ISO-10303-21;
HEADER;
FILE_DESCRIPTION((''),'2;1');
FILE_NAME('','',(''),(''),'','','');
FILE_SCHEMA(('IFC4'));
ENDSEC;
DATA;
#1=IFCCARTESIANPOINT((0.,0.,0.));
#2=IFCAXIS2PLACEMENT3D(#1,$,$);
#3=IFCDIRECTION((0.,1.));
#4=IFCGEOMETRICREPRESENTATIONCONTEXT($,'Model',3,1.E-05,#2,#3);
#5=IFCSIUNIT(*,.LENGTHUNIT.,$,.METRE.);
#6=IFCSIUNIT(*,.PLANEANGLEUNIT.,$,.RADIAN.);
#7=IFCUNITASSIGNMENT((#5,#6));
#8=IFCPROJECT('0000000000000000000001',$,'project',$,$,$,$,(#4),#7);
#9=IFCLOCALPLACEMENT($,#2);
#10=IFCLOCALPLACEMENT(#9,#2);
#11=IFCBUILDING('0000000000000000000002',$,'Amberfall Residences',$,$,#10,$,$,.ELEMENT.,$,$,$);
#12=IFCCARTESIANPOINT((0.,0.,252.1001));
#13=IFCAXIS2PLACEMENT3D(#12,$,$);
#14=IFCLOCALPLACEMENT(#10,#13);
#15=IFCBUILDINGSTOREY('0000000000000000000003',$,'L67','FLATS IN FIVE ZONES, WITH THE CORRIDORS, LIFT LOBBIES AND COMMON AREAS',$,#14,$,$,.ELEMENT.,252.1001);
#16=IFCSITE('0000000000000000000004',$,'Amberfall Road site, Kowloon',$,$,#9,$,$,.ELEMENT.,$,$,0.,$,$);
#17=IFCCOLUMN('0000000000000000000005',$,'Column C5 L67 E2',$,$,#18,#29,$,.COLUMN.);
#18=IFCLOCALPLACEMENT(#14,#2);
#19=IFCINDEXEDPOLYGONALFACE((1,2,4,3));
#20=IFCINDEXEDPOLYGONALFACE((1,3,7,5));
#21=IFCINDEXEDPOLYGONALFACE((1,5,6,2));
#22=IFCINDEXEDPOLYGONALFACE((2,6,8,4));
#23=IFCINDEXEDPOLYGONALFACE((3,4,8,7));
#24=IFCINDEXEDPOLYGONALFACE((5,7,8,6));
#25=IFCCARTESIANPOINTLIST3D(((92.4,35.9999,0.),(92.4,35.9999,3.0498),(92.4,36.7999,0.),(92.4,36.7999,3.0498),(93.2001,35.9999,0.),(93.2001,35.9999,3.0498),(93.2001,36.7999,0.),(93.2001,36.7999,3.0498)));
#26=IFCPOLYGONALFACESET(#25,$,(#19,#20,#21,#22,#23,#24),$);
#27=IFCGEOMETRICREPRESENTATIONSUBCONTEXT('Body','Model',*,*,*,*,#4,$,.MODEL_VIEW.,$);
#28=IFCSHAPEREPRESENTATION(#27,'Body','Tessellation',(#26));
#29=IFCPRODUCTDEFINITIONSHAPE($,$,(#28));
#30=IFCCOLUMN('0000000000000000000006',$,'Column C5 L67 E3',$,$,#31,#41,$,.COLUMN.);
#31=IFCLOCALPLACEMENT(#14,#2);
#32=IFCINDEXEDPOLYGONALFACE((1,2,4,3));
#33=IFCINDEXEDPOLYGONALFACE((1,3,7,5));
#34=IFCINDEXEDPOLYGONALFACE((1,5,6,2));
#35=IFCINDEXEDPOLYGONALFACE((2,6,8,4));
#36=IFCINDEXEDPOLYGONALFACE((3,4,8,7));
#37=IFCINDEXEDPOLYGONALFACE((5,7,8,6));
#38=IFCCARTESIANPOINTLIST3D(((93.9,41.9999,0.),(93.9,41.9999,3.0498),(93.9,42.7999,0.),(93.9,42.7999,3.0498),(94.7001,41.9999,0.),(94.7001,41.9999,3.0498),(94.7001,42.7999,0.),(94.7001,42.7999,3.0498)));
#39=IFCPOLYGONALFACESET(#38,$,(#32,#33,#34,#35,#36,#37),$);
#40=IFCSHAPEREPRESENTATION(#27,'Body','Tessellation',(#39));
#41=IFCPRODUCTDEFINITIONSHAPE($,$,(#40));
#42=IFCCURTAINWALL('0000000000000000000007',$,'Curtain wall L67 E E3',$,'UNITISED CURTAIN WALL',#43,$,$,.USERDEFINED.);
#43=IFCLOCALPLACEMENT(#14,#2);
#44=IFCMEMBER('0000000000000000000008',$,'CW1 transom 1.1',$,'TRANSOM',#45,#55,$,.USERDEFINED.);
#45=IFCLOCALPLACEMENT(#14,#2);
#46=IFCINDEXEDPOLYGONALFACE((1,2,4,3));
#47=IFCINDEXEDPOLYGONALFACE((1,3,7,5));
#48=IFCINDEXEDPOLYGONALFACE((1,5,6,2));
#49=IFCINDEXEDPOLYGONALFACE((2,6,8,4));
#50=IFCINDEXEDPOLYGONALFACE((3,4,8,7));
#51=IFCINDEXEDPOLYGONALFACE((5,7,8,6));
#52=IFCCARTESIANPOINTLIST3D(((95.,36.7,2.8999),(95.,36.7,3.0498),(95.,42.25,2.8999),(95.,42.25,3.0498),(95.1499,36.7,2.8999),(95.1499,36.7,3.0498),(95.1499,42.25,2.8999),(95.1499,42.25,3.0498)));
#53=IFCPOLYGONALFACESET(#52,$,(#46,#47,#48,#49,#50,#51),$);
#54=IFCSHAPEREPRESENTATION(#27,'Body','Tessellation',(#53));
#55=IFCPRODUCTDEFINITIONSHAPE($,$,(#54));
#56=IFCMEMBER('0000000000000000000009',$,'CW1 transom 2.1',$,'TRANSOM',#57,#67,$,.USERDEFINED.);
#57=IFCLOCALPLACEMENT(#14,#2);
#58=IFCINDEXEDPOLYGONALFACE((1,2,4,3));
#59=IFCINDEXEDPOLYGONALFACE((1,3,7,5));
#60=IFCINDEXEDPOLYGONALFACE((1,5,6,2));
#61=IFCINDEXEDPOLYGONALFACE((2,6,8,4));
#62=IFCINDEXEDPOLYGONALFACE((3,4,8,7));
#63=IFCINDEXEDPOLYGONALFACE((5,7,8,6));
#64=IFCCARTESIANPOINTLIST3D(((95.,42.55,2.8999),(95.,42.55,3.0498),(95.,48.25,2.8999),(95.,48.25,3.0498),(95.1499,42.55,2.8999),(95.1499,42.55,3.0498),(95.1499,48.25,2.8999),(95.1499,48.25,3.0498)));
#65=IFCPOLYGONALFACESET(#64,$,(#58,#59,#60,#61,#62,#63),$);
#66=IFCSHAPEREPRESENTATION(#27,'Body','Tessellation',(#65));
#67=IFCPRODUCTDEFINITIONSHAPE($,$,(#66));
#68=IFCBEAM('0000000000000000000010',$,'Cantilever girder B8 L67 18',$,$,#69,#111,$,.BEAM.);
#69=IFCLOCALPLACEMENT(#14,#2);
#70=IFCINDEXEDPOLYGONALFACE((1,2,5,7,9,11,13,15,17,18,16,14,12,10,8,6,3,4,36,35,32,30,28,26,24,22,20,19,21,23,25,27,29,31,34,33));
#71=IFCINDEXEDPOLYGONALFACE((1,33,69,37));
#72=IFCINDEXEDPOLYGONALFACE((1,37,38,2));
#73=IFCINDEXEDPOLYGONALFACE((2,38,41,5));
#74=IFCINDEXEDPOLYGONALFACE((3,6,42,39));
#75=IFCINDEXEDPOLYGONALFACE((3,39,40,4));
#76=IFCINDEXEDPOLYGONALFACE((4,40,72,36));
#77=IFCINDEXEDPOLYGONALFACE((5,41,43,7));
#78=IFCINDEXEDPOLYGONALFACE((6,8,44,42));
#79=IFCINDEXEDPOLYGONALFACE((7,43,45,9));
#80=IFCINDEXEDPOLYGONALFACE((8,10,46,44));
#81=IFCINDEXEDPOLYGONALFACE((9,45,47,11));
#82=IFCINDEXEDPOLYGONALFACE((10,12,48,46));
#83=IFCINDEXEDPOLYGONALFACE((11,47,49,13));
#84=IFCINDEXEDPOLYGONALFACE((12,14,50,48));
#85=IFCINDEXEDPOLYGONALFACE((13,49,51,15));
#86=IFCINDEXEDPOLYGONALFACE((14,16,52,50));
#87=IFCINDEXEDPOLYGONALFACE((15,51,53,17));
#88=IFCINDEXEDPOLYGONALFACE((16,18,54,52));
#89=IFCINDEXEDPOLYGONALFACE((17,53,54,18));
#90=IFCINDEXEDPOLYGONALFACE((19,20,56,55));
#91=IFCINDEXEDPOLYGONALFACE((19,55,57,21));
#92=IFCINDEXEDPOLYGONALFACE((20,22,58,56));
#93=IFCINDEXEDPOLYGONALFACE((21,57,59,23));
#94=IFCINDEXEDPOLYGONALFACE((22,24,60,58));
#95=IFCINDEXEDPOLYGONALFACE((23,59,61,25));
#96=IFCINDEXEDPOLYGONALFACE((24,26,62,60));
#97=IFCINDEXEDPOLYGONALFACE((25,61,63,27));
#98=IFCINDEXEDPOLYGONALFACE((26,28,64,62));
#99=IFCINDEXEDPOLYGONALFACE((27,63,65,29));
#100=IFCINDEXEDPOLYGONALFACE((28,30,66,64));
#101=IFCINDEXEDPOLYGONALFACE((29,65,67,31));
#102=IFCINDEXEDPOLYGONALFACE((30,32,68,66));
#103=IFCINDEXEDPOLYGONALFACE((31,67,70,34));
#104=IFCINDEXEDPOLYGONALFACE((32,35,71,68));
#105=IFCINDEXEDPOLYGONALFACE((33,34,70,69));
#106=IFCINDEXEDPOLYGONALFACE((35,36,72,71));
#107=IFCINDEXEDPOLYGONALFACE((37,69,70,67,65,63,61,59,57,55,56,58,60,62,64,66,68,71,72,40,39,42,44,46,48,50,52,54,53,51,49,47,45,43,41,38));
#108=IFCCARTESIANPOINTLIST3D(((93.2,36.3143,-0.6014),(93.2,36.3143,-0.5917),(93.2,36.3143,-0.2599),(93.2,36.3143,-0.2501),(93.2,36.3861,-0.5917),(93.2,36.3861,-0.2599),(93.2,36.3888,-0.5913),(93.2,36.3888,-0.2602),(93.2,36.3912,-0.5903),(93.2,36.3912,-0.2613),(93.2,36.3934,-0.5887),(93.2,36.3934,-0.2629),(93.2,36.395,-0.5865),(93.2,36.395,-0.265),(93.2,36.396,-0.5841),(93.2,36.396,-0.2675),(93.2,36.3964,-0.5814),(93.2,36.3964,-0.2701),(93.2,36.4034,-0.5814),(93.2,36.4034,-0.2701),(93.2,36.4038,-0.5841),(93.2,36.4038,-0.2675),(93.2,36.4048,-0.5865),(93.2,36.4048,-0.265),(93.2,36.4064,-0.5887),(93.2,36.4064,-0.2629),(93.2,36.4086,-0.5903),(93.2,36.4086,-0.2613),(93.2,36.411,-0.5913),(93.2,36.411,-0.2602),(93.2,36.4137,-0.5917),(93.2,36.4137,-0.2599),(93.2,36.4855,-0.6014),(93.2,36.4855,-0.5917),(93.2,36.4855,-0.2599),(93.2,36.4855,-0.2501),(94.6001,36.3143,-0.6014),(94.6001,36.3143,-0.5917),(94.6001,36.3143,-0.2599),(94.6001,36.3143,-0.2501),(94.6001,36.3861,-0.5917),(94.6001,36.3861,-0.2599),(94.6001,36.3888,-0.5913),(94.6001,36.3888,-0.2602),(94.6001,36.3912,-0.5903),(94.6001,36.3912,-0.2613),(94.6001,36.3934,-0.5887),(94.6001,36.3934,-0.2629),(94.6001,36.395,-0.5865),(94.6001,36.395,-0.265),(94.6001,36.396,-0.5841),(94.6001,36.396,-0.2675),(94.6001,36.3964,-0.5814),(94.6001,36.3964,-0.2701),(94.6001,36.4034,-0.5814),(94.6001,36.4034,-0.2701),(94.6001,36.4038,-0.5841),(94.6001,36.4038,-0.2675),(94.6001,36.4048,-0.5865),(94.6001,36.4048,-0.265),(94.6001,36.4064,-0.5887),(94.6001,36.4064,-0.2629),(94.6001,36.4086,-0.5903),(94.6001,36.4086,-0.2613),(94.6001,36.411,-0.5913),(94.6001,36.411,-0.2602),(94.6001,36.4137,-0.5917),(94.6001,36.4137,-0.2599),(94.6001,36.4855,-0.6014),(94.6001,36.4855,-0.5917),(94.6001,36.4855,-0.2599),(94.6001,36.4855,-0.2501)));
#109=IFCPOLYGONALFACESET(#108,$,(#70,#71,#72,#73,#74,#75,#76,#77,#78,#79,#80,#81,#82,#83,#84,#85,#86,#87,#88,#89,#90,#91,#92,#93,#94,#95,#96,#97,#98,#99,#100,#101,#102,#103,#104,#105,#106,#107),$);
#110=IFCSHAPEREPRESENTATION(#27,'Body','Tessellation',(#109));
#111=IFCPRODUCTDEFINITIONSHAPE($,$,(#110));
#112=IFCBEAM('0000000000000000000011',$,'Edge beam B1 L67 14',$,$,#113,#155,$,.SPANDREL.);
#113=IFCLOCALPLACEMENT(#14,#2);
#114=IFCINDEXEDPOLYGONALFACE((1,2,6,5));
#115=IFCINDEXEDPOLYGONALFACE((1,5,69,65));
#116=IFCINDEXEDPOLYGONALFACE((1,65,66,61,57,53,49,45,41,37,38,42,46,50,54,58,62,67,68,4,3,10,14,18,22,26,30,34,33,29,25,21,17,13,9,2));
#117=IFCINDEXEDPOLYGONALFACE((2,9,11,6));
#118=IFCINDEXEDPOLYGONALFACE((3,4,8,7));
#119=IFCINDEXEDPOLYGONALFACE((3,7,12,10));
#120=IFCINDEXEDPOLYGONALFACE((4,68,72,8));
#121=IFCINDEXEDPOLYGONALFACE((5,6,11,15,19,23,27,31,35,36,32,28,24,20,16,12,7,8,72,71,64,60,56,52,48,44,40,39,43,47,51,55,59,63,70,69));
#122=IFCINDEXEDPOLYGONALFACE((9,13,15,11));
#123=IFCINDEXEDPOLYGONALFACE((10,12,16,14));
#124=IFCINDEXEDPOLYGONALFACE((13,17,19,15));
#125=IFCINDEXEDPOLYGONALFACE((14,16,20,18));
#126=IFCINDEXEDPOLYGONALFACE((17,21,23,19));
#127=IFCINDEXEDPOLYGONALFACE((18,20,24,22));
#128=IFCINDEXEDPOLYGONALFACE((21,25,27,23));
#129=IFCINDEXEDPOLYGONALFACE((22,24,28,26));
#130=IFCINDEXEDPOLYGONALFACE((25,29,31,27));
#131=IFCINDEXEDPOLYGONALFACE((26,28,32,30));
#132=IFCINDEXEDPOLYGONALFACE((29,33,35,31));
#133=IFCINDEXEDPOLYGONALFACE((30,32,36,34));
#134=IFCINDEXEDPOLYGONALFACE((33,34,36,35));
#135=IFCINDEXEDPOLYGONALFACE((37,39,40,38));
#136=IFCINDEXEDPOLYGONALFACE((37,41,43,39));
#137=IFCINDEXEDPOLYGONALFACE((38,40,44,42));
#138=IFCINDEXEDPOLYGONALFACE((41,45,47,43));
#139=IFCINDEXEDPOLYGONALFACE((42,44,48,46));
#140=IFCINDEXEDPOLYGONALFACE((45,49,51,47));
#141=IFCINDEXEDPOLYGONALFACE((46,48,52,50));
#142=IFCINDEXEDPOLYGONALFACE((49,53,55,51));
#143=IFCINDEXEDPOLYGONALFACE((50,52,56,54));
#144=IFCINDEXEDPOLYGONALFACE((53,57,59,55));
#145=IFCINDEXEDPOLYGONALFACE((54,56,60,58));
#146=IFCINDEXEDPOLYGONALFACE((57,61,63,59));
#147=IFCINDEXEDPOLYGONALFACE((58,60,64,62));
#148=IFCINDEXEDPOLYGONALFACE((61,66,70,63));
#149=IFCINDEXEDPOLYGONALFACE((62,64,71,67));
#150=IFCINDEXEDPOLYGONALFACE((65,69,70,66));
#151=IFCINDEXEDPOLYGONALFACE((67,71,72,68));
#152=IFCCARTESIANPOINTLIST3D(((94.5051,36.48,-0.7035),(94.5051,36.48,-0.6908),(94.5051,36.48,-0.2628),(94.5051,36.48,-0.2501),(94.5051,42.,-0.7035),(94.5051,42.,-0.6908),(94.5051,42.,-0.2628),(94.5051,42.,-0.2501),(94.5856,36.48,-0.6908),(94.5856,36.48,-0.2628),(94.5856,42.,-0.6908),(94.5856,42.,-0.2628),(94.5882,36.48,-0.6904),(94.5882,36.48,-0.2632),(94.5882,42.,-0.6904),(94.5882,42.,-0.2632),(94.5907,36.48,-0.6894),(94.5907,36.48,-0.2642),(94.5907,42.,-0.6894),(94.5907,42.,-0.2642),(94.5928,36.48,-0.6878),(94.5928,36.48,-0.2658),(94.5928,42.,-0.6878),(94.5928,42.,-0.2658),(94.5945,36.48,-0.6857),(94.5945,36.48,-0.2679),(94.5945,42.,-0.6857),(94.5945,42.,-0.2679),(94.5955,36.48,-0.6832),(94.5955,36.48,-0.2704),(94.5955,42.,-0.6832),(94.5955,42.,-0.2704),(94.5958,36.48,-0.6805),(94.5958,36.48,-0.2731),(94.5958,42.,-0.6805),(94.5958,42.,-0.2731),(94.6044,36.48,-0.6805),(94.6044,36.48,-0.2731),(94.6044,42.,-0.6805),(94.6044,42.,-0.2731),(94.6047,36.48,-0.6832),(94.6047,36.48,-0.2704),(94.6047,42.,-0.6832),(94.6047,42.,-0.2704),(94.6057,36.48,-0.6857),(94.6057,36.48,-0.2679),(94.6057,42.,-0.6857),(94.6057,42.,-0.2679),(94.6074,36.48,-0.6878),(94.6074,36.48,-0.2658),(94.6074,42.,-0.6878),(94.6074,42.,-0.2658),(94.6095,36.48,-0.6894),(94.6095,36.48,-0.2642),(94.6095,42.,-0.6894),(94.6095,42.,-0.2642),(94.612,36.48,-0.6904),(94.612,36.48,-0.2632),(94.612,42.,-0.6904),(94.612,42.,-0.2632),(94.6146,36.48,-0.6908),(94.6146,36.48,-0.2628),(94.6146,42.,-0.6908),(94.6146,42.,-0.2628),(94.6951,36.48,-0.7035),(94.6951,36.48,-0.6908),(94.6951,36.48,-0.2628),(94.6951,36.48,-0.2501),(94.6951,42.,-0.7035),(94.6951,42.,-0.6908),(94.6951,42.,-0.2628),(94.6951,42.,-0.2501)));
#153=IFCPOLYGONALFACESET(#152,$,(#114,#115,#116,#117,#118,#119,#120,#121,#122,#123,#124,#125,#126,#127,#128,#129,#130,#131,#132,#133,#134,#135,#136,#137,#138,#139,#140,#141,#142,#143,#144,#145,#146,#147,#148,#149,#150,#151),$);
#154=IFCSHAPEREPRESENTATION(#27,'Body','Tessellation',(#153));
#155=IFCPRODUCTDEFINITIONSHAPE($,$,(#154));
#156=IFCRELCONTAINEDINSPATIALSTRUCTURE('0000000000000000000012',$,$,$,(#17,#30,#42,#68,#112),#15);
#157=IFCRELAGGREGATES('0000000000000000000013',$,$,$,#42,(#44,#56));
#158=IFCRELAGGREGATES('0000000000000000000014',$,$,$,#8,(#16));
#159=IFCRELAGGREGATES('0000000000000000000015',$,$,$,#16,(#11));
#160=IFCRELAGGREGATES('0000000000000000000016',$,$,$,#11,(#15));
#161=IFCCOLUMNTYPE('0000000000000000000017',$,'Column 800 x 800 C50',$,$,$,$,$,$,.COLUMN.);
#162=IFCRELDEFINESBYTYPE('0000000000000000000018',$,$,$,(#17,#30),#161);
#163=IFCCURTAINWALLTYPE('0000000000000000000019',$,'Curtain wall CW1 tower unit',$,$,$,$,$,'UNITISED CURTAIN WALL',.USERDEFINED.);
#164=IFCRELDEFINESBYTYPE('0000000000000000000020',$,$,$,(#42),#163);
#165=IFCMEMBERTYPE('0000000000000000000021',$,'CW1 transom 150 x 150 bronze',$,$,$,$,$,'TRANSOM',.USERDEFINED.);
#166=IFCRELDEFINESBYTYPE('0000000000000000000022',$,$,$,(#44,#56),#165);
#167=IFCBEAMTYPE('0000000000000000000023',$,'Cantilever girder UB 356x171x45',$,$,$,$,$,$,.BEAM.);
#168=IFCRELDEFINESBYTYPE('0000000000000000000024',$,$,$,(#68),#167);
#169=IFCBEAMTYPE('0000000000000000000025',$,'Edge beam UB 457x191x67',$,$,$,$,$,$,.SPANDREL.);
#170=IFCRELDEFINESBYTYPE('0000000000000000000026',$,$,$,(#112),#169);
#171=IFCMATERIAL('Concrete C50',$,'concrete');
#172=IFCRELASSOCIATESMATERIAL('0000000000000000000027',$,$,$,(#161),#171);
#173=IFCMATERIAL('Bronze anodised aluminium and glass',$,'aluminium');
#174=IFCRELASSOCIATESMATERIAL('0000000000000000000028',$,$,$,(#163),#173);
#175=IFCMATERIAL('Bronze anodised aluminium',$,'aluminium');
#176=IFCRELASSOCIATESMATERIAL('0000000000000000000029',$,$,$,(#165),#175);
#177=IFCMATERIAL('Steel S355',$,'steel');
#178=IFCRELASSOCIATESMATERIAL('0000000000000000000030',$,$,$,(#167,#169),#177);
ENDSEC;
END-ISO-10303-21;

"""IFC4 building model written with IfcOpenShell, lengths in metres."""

from ifc_helpers import new_model, si_unit, direction, frame, origin, origin_2d, place, context, subcontext, project, spatial, rectangle, i_section, extrude, material, material_profile, profile_set, type_object, element, aggregate, save


model = new_model("IFC4")

# Units and contexts
model_context = context("Model", 3, precision=1e-05, world=origin(), true_north=direction((0.0, 1.0)))
body_context = subcontext(model_context, "Body", "Model", "MODEL_VIEW")
ifc_project = project(units=[si_unit("LENGTHUNIT", "METRE"), si_unit("PLANEANGLEUNIT", "RADIAN")], contexts=[model_context])

# Site, building, storey
site_placement = place(None, origin())
site = spatial("IfcSite", under=ifc_project, at=site_placement, Name="Amberfall Road site, Kowloon", CompositionType="ELEMENT", RefElevation=0.0)
building_placement = place(site_placement, origin())
building = spatial("IfcBuilding", under=site, at=building_placement, Name="Amberfall Residences", CompositionType="ELEMENT")
storey_placement = place(building_placement, frame((0.0, 0.0, 252.1001)))
storey = spatial("IfcBuildingStorey", under=building, at=storey_placement, Name="L67", Description="FLATS IN FIVE ZONES, WITH THE CORRIDORS, LIFT LOBBIES AND COMMON AREAS", CompositionType="ELEMENT", Elevation=252.1001)

# Columns
ifc_material_1 = material(Name="Concrete C50", Category="concrete")
ifc_material_profile_1 = material_profile(ifc_material_1, rectangle(XDim=0.8, YDim=0.8, at=origin_2d()), Name="Column 800 x 800 C50")
ifc_profile_set_1 = profile_set([ifc_material_profile_1], Name="Concrete C50")
column_type = type_object("IfcColumnType", Name="Column 800 x 800 C50", PredefinedType="COLUMN", material=ifc_profile_set_1)
for number, where, z_axis, x_axis, name in (
    (1, (92.8, 36.3999, 0.0), (0.0, 0.0, 1.0), (1.0, 0.0, 0.0), "Column C5 L67 E2"),
    (2, (94.3, 42.3999, 0.0), (0.0, 0.0, 1.0), (1.0, 0.0, 0.0), "Column C5 L67 E3"),
):
    element("IfcColumn", number, at=place(storey_placement, frame(where, z_axis=z_axis, x_axis=x_axis)), inside=storey, type_object=column_type, Name=name, PredefinedType="COLUMN", context=body_context, shape_type="SweptSolid", body=[
        extrude(rectangle(XDim=0.8, YDim=0.8, at=origin_2d()), origin(), (0.0, 0.0, 1.0), 3.0498),
    ])

# Curtain wall, members
ifc_material_2 = material(Name="Bronze anodised aluminium and glass", Category="aluminium")
curtain_wall_type = type_object("IfcCurtainWallType", Name="Curtain wall CW1 tower unit", ElementType="UNITISED CURTAIN WALL", PredefinedType="USERDEFINED", material=ifc_material_2)
curtain_wall_placement = place(storey_placement, origin())
curtain_wall = element("IfcCurtainWall", 3, at=curtain_wall_placement, inside=storey, type_object=curtain_wall_type, Name="Curtain wall L67 E E3", ObjectType="UNITISED CURTAIN WALL", PredefinedType="USERDEFINED")
ifc_material_3 = material(Name="Bronze anodised aluminium", Category="aluminium")
ifc_material_profile_2 = material_profile(ifc_material_3, rectangle(XDim=0.1499, YDim=0.1499, at=origin_2d()), Name="CW1 transom 150 x 150 bronze")
ifc_profile_set_2 = profile_set([ifc_material_profile_2], Name="Bronze anodised aluminium")
member_type_1 = type_object("IfcMemberType", Name="CW1 transom 150 x 150 bronze", ElementType="TRANSOM", PredefinedType="USERDEFINED", material=ifc_profile_set_2)
member_1_placement = place(storey_placement, frame((95.075, 36.7, 2.9749), z_axis=(0.0, 1.0, 0.0), x_axis=(-1.0, 0.0, 0.0)))
member_1 = element("IfcMember", 4, at=member_1_placement, type_object=member_type_1, Name="CW1 transom 1.1", ObjectType="TRANSOM", PredefinedType="USERDEFINED", context=body_context, shape_type="SweptSolid", body=[
    extrude(rectangle(XDim=0.1499, YDim=0.1499, at=origin_2d()), origin(), (0.0, 0.0, 1.0), 5.55),
])
member_2_placement = place(storey_placement, frame((95.075, 42.55, 2.9749), z_axis=(0.0, 1.0, 0.0), x_axis=(-1.0, 0.0, 0.0)))
member_2 = element("IfcMember", 5, at=member_2_placement, type_object=member_type_1, Name="CW1 transom 2.1", ObjectType="TRANSOM", PredefinedType="USERDEFINED", context=body_context, shape_type="SweptSolid", body=[
    extrude(rectangle(XDim=0.1499, YDim=0.1499, at=origin_2d()), origin(), (0.0, 0.0, 1.0), 5.7),
])

# Beams
ifc_material_4 = material(Name="Steel S355", Category="steel")
ifc_material_profile_3 = material_profile(ifc_material_4, i_section(OverallWidth=0.1711, OverallDepth=0.3513, WebThickness=0.0071, FlangeThickness=0.0098, FilletRadius=0.0103, at=origin_2d()), Name="UB 356x171x45")
ifc_profile_set_3 = profile_set([ifc_material_profile_3], Name="Steel S355")
beam_type_1 = type_object("IfcBeamType", Name="Cantilever girder UB 356x171x45", PredefinedType="BEAM", material=ifc_profile_set_3)
beam_1_placement = place(storey_placement, frame((93.2, 36.3999, -0.4258), z_axis=(1.0, 0.0, 0.0), x_axis=(0.0, 1.0, 0.0)))
element("IfcBeam", 6, at=beam_1_placement, inside=storey, type_object=beam_type_1, Name="Cantilever girder B8 L67 18", PredefinedType="BEAM", context=body_context, shape_type="SweptSolid", body=[
    extrude(i_section(OverallWidth=0.1711, OverallDepth=0.3513, WebThickness=0.0071, FlangeThickness=0.0098, FilletRadius=0.0103, at=origin_2d()), origin(), (0.0, 0.0, 1.0), 1.4001),
])
ifc_material_profile_4 = material_profile(ifc_material_4, i_section(OverallWidth=0.1899, OverallDepth=0.4534, WebThickness=0.0085, FlangeThickness=0.0127, FilletRadius=0.0103, at=origin_2d()), Name="UB 457x191x67")
ifc_profile_set_4 = profile_set([ifc_material_profile_4], Name="Steel S355")
beam_type_2 = type_object("IfcBeamType", Name="Edge beam UB 457x191x67", PredefinedType="SPANDREL", material=ifc_profile_set_4)
beam_2_placement = place(storey_placement, frame((94.6001, 36.48, -0.4768), z_axis=(0.0, 1.0, 0.0), x_axis=(-1.0, 0.0, 0.0)))
element("IfcBeam", 7, at=beam_2_placement, inside=storey, type_object=beam_type_2, Name="Edge beam B1 L67 14", PredefinedType="SPANDREL", context=body_context, shape_type="SweptSolid", body=[
    extrude(i_section(OverallWidth=0.1899, OverallDepth=0.4534, WebThickness=0.0085, FlangeThickness=0.0127, FilletRadius=0.0103, at=origin_2d()), origin(), (0.0, 0.0, 1.0), 5.52),
])

aggregate(curtain_wall, [member_1, member_2])

save(model, "model.ifc")
